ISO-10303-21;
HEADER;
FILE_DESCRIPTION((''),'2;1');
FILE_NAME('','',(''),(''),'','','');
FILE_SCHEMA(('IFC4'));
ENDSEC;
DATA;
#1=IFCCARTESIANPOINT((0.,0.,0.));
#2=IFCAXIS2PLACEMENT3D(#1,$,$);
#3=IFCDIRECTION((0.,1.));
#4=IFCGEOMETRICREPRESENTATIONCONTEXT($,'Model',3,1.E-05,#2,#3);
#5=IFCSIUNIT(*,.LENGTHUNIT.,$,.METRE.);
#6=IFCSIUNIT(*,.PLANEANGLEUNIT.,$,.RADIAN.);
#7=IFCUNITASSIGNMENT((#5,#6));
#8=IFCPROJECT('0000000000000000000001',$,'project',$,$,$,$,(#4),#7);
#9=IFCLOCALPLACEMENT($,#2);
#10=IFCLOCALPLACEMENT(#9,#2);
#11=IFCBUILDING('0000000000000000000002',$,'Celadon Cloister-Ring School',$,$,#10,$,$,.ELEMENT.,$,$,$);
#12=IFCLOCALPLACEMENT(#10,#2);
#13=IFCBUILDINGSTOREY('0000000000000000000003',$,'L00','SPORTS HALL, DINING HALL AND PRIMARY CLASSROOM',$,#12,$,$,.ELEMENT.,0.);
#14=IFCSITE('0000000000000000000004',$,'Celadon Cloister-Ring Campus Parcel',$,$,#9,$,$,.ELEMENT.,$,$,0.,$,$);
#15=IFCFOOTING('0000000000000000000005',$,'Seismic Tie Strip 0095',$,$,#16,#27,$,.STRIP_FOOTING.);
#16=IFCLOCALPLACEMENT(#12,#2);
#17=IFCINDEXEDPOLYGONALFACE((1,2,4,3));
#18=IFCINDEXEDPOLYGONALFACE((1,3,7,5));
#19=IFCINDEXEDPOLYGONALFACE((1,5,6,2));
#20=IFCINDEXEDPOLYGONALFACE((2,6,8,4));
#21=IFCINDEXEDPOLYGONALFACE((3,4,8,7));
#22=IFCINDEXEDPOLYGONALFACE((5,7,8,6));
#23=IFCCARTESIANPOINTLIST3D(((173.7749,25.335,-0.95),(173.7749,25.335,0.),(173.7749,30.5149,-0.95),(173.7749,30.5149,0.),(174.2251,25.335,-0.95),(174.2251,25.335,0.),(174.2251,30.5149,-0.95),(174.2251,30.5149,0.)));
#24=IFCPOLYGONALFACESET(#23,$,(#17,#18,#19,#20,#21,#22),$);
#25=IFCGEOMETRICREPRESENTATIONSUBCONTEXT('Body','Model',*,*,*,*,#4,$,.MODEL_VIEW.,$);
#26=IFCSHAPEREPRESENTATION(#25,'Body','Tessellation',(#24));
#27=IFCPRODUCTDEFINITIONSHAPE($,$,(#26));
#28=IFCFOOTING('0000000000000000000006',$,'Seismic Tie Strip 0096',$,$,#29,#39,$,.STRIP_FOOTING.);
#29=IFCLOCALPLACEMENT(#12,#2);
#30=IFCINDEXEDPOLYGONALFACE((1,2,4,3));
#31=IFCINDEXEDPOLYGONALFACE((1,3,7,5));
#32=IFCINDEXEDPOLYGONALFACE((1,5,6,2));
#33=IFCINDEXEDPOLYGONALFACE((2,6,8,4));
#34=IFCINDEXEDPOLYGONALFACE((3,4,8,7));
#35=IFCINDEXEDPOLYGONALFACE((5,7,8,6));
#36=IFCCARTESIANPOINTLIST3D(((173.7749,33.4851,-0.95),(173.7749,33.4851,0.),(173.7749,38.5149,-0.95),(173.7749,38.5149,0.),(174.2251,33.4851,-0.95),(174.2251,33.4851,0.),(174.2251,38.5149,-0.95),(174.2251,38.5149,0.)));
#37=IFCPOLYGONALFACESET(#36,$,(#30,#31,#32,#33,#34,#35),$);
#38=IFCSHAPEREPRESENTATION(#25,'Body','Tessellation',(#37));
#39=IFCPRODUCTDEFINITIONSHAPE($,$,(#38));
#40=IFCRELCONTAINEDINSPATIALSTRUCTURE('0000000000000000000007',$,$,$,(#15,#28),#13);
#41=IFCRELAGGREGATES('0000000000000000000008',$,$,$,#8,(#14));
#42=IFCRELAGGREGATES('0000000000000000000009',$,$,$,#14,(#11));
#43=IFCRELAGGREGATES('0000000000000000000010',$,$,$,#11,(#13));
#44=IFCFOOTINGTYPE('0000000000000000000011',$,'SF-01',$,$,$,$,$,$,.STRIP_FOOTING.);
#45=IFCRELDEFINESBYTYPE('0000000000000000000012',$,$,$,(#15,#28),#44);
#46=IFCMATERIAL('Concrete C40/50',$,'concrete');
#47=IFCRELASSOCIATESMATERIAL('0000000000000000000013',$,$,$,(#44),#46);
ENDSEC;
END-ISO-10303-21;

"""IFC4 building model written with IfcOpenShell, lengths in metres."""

from ifc_helpers import new_model, si_unit, direction, frame, origin, place, context, subcontext, project, spatial, polyline, outline, extrude, material, type_object, element, save


model = new_model("IFC4")

# Units and contexts
model_context = context("Model", 3, precision=1e-05, world=origin(), true_north=direction((0.0, 1.0)))
body_context = subcontext(model_context, "Body", "Model", "MODEL_VIEW")
ifc_project = project(units=[si_unit("LENGTHUNIT", "METRE"), si_unit("PLANEANGLEUNIT", "RADIAN")], contexts=[model_context])

# Site, building, storey
site_placement = place(None, origin())
site = spatial("IfcSite", under=ifc_project, at=site_placement, Name="Celadon Cloister-Ring Campus Parcel", CompositionType="ELEMENT", RefElevation=0.0)
building_placement = place(site_placement, origin())
building = spatial("IfcBuilding", under=site, at=building_placement, Name="Celadon Cloister-Ring School", CompositionType="ELEMENT")
storey_placement = place(building_placement, origin())
storey = spatial("IfcBuildingStorey", under=building, at=storey_placement, Name="L00", Description="SPORTS HALL, DINING HALL AND PRIMARY CLASSROOM", CompositionType="ELEMENT", Elevation=0.0)

# Footings
ifc_material = material(Name="Concrete C40/50", Category="concrete")
footing_type = type_object("IfcFootingType", Name="SF-01", PredefinedType="STRIP_FOOTING", material=ifc_material)
footing_1_placement = place(storey_placement, frame((0.0, 0.0, -0.95)))
element("IfcFooting", 1, at=footing_1_placement, inside=storey, type_object=footing_type, Name="Seismic Tie Strip 0095", PredefinedType="STRIP_FOOTING", context=body_context, shape_type="SweptSolid", body=[
    extrude(outline(polyline([(174.2251, 25.335), (174.2251, 30.5149), (173.7749, 30.5149), (173.7749, 25.335), (174.2251, 25.335)])), origin(), (0.0, 0.0, 1.0), 0.95),
])
footing_2_placement = place(storey_placement, frame((0.0, 0.0, -0.95)))
element("IfcFooting", 2, at=footing_2_placement, inside=storey, type_object=footing_type, Name="Seismic Tie Strip 0096", PredefinedType="STRIP_FOOTING", context=body_context, shape_type="SweptSolid", body=[
    extrude(outline(polyline([(174.2251, 33.4851), (174.2251, 38.5149), (173.7749, 38.5149), (173.7749, 33.4851), (174.2251, 33.4851)])), origin(), (0.0, 0.0, 1.0), 0.95),
])

save(model, "model.ifc")
